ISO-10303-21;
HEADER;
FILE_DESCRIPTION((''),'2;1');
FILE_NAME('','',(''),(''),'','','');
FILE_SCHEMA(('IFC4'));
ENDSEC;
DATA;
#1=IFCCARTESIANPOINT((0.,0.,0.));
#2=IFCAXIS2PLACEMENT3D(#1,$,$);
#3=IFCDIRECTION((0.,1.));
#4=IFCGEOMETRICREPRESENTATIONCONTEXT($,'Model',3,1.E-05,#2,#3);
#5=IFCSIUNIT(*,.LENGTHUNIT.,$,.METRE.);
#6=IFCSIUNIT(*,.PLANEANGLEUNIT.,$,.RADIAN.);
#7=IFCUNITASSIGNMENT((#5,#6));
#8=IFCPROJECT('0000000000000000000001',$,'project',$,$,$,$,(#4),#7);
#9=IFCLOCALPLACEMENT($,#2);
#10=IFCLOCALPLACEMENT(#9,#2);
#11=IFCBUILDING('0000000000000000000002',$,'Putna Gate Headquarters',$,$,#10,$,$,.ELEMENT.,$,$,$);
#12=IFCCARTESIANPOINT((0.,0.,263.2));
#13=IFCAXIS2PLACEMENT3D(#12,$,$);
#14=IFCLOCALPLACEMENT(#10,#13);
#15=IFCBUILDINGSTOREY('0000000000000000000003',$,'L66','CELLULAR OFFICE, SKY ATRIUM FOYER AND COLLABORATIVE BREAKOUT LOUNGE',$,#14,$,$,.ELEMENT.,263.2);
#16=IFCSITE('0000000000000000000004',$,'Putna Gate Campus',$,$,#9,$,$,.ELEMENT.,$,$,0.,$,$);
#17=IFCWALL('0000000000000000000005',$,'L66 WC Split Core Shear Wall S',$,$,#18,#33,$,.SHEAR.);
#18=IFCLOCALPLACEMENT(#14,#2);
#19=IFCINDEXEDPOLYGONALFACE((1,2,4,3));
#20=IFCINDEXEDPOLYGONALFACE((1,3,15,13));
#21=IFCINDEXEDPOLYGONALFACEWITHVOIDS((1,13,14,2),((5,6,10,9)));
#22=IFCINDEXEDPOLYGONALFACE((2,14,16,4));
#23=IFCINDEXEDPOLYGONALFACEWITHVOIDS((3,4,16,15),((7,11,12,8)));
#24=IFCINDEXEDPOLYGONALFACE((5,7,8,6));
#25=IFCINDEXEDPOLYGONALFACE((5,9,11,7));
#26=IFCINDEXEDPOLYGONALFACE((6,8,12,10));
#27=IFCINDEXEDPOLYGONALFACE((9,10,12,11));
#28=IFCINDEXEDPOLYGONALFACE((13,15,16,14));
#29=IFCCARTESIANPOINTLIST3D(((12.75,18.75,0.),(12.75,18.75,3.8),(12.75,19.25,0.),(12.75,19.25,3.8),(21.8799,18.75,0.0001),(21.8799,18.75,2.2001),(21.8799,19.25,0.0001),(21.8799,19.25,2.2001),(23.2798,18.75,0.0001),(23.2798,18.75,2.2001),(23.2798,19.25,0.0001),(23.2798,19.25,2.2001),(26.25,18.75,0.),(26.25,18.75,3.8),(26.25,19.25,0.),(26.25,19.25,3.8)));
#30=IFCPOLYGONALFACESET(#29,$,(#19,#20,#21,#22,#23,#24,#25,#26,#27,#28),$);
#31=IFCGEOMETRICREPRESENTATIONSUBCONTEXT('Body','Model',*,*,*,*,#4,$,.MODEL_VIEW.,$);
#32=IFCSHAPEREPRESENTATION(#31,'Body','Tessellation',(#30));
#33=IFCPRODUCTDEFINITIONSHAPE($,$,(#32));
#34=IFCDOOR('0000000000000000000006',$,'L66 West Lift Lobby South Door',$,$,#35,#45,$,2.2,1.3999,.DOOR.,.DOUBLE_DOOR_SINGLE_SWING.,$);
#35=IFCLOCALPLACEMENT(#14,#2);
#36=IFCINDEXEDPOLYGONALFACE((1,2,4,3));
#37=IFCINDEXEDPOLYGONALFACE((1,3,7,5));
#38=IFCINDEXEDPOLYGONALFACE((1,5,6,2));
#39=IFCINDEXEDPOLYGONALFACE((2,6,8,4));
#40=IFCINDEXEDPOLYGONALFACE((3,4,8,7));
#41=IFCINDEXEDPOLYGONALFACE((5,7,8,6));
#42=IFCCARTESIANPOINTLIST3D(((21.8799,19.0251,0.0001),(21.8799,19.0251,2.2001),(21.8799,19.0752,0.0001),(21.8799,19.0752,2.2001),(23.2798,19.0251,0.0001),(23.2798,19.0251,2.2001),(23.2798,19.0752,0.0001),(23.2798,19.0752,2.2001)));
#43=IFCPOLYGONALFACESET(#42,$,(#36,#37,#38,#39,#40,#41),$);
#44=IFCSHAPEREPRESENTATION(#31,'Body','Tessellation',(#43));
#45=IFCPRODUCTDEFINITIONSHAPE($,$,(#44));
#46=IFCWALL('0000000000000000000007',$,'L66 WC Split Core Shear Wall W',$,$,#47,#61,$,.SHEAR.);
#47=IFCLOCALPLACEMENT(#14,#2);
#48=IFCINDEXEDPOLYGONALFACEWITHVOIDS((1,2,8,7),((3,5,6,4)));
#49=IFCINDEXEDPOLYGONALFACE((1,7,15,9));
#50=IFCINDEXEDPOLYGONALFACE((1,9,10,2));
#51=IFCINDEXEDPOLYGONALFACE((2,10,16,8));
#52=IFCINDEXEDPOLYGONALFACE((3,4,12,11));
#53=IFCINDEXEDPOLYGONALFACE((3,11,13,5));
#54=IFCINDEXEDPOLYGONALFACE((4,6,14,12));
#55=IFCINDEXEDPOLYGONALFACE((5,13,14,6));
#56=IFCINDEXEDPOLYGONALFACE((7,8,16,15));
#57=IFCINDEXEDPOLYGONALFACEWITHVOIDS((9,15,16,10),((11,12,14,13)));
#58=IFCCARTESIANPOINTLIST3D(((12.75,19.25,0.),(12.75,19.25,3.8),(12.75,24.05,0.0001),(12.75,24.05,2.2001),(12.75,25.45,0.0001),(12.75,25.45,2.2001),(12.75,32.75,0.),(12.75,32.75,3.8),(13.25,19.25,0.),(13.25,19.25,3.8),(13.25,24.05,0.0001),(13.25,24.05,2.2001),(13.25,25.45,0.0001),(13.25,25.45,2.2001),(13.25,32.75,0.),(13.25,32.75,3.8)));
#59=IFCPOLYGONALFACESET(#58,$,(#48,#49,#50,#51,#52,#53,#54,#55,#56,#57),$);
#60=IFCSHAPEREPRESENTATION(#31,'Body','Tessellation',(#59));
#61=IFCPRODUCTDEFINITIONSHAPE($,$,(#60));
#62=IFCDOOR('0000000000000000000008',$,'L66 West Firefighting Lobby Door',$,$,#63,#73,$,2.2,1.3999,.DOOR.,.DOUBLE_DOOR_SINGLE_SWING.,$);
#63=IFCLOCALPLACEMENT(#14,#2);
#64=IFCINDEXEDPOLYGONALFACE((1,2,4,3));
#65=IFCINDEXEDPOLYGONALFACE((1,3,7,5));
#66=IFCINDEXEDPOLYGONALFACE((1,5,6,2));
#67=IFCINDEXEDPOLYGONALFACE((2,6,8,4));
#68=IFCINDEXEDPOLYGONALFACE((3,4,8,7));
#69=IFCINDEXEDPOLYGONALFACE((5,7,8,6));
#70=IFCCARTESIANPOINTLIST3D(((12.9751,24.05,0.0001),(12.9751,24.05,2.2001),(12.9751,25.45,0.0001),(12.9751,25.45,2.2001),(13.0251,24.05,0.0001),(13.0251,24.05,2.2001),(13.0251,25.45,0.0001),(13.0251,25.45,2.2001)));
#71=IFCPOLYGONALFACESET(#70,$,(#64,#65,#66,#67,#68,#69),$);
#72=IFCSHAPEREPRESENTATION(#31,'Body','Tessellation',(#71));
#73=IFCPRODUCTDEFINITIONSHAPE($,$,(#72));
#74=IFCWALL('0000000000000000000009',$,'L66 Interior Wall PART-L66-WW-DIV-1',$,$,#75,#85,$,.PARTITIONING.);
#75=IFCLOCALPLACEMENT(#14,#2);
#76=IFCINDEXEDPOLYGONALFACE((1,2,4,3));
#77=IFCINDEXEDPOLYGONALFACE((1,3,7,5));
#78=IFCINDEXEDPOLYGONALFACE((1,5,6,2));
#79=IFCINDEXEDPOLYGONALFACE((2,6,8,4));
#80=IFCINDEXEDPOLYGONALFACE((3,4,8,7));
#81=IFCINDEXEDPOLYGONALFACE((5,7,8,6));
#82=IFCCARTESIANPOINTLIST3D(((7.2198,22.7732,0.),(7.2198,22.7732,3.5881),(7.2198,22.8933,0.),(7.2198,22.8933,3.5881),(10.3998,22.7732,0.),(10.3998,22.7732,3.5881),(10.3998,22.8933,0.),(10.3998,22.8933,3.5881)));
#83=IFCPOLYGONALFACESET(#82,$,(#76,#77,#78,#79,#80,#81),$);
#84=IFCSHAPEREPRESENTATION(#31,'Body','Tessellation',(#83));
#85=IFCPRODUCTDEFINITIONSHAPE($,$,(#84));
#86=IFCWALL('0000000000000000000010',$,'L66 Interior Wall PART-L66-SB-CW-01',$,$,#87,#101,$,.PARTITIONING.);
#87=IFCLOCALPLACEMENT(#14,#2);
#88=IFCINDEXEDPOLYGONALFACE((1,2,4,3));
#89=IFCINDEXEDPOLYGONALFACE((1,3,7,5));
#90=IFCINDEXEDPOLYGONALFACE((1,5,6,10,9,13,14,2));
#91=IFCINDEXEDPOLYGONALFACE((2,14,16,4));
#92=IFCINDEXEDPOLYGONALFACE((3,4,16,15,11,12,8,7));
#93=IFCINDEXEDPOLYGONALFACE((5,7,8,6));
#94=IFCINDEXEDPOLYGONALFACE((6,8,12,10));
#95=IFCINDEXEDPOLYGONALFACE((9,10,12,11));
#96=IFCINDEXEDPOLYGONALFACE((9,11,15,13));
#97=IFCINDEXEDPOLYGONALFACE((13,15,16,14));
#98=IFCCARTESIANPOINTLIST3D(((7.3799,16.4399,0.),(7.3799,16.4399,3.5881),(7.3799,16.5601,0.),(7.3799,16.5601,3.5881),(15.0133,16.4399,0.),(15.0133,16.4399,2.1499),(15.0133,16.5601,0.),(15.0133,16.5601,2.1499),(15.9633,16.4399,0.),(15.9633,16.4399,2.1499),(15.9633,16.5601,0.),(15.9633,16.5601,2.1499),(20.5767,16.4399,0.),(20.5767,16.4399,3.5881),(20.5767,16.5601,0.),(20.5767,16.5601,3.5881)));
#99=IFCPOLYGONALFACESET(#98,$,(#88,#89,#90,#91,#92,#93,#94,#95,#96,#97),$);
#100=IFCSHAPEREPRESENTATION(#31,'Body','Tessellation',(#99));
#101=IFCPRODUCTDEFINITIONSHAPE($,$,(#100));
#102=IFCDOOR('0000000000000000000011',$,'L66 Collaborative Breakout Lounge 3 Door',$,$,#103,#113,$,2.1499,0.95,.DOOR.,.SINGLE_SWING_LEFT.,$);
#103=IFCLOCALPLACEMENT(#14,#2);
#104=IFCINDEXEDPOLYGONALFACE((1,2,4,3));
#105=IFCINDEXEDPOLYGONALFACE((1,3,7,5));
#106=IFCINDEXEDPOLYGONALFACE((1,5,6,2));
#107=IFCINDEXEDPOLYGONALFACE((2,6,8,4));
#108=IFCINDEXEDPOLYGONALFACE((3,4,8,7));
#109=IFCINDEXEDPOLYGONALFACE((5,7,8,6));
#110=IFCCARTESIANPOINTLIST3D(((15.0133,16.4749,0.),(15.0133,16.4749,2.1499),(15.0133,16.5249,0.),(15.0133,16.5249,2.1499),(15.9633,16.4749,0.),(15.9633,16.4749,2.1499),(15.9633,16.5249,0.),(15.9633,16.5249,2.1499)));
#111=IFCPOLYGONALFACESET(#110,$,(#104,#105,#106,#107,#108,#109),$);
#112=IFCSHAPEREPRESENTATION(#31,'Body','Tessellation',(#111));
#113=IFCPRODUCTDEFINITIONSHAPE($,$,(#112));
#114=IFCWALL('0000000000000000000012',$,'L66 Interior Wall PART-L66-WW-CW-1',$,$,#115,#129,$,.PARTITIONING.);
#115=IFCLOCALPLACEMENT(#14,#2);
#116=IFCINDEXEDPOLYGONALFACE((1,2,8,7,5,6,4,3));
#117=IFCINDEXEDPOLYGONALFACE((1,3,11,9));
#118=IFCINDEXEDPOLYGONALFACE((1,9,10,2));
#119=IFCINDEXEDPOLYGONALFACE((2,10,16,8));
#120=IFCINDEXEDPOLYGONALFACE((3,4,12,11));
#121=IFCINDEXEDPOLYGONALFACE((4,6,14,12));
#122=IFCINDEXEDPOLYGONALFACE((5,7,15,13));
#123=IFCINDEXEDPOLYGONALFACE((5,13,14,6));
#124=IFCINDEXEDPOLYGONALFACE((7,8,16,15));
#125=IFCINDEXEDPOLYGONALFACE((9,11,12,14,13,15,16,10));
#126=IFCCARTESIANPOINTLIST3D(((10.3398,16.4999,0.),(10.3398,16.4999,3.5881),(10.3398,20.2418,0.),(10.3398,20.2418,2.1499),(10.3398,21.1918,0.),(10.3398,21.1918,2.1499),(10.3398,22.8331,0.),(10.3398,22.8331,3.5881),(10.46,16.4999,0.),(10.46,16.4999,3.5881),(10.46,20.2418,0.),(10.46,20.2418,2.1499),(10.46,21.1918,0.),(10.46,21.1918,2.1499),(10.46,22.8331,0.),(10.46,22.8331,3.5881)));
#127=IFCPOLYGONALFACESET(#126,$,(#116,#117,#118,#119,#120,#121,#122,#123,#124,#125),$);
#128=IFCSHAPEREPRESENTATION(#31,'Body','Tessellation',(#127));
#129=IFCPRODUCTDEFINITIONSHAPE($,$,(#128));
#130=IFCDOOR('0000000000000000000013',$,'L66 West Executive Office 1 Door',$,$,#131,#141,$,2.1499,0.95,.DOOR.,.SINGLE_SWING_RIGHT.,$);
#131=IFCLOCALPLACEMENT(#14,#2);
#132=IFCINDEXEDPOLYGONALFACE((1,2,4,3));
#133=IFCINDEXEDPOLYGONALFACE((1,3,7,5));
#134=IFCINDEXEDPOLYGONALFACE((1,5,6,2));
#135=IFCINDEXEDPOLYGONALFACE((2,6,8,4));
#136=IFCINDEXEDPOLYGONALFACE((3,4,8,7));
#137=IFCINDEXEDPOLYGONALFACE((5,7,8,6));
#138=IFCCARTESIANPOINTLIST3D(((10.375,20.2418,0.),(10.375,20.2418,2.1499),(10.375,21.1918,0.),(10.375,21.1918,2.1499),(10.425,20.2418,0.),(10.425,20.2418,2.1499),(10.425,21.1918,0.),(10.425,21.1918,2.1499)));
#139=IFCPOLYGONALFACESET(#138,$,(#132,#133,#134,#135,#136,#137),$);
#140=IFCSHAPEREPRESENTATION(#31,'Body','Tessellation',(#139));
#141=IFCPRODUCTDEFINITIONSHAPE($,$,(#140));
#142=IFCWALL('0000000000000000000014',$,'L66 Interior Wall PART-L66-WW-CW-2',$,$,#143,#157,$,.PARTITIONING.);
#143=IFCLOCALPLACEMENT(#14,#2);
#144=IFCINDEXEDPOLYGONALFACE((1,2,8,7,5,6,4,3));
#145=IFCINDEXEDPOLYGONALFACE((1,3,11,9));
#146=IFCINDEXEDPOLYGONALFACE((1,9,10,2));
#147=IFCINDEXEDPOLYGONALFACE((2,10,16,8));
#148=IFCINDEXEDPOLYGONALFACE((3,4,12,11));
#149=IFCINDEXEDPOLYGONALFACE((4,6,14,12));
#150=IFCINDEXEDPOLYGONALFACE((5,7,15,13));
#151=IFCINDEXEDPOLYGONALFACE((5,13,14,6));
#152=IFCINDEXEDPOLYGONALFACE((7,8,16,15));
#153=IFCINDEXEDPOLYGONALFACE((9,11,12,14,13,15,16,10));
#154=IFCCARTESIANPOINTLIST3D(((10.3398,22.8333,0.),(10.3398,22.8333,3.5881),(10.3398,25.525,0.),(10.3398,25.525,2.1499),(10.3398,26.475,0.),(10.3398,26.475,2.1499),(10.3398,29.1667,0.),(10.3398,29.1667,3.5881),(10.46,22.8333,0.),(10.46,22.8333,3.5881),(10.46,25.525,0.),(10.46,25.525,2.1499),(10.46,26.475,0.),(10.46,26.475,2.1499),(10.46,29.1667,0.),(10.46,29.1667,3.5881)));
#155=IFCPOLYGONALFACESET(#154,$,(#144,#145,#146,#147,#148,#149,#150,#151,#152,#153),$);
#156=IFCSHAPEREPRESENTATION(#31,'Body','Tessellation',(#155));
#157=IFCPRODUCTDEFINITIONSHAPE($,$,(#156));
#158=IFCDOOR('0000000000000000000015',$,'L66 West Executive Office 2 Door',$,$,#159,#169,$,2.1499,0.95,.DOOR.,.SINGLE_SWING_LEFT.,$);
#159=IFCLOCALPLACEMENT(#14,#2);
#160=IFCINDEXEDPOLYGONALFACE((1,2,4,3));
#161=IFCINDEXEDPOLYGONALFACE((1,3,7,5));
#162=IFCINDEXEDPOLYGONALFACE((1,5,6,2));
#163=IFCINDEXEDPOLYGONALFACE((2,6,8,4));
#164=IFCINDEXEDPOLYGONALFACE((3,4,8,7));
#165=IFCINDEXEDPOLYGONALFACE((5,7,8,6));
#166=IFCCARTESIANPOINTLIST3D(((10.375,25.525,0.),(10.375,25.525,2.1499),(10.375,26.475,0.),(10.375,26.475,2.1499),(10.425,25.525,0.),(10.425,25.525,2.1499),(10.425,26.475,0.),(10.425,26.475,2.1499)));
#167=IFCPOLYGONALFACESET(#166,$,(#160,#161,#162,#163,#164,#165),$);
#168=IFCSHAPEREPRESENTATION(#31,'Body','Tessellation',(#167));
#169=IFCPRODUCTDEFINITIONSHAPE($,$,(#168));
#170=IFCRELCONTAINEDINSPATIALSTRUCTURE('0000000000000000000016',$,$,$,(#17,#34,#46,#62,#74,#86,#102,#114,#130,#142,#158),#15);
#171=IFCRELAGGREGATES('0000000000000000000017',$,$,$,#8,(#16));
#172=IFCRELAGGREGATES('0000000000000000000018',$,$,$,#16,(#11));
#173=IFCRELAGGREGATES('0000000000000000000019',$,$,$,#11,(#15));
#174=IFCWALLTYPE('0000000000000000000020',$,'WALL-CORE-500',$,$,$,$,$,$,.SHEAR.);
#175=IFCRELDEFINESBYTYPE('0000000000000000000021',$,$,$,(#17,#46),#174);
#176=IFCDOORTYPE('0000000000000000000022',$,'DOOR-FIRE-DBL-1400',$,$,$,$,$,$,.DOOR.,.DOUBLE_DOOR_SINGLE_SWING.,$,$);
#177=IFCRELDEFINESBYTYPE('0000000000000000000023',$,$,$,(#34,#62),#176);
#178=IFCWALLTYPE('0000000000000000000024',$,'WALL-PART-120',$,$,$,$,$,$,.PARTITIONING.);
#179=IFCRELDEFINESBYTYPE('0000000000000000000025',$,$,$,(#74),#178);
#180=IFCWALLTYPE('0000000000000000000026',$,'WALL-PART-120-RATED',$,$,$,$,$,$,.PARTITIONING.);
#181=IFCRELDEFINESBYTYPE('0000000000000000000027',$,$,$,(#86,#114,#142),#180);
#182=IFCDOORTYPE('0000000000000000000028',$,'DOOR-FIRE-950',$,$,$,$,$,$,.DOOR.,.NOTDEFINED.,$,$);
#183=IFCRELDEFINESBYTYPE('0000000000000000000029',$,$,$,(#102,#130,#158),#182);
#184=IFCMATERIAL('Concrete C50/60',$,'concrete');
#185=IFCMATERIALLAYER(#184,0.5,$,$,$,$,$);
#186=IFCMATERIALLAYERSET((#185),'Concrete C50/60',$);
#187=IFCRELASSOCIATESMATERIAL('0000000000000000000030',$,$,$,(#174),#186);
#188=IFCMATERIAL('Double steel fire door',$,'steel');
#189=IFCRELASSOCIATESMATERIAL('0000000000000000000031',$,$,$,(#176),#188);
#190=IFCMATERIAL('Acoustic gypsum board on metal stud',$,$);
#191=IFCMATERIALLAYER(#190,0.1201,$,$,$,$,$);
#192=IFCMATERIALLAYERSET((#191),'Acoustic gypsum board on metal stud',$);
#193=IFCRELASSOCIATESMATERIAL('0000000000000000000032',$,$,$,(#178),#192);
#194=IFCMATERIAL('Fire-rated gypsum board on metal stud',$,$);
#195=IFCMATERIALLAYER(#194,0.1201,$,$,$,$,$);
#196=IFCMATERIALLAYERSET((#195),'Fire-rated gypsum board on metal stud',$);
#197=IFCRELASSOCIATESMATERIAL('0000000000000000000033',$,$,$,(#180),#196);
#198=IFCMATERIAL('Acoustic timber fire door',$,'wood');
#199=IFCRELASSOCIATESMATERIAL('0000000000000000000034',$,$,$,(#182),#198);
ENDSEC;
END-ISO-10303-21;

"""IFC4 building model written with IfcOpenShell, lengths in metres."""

from ifc_helpers import new_model, si_unit, direction, frame, frame_2d, origin, place, context, subcontext, project, spatial, rectangle, extrude, material, layer, layer_set, type_object, element, fill, save


model = new_model("IFC4")

# Units and contexts
model_context = context("Model", 3, precision=1e-05, world=origin(), true_north=direction((0.0, 1.0)))
body_context = subcontext(model_context, "Body", "Model", "MODEL_VIEW")
ifc_project = project(units=[si_unit("LENGTHUNIT", "METRE"), si_unit("PLANEANGLEUNIT", "RADIAN")], contexts=[model_context])

# Site, building, storey
site_placement = place(None, origin())
site = spatial("IfcSite", under=ifc_project, at=site_placement, Name="Putna Gate Campus", CompositionType="ELEMENT", RefElevation=0.0)
building_placement = place(site_placement, origin())
building = spatial("IfcBuilding", under=site, at=building_placement, Name="Putna Gate Headquarters", CompositionType="ELEMENT")
storey_placement = place(building_placement, frame((0.0, 0.0, 263.2)))
storey = spatial("IfcBuildingStorey", under=building, at=storey_placement, Name="L66", Description="CELLULAR OFFICE, SKY ATRIUM FOYER AND COLLABORATIVE BREAKOUT LOUNGE", CompositionType="ELEMENT", Elevation=263.2)

# Walls, openings, doors
ifc_material_1 = material(Name="Concrete C50/60", Category="concrete")
ifc_layer_1 = layer(ifc_material_1, 0.5)
ifc_layer_set_1 = layer_set([ifc_layer_1], Name="Concrete C50/60")
wall_type_1 = type_object("IfcWallType", Name="WALL-CORE-500", PredefinedType="SHEAR", material=ifc_layer_set_1)
wall_1_placement = place(storey_placement, frame((12.75, 19.0, 0.0), z_axis=(0.0, 0.0, 1.0), x_axis=(1.0, 0.0, 0.0)))
wall_1 = element("IfcWall", 1, at=wall_1_placement, inside=storey, type_object=wall_type_1, Name="L66 WC Split Core Shear Wall S", PredefinedType="SHEAR", context=body_context, shape_type="SweptSolid", body=[
    extrude(rectangle(XDim=13.5, YDim=0.5, at=frame_2d((6.75, 0.0))), origin(), (0.0, 0.0, 1.0), 3.8),
])
opening_1_placement = place(wall_1_placement, frame((9.1299, 0.0, 0.0)))
opening_1 = element("IfcOpeningElement", 2, at=opening_1_placement, cuts=wall_1, PredefinedType="OPENING", context=body_context, shape_type="SweptSolid", body=[
    extrude(rectangle(XDim=1.3999, YDim=2.2, at=frame_2d((0.7, 1.1001))), frame((0.0, 0.26, 0.0), z_axis=(0.0, -1.0, 0.0), x_axis=(1.0, 0.0, 0.0)), (0.0, 0.0, 1.0), 0.52),
])
ifc_material_2 = material(Name="Double steel fire door", Category="steel")
door_type_1 = type_object("IfcDoorType", Name="DOOR-FIRE-DBL-1400", OperationType="DOUBLE_DOOR_SINGLE_SWING", PredefinedType="DOOR", material=ifc_material_2)
door_1_placement = place(opening_1_placement, origin())
door_1 = element("IfcDoor", 3, at=door_1_placement, inside=storey, type_object=door_type_1, Name="L66 West Lift Lobby South Door", OperationType="DOUBLE_DOOR_SINGLE_SWING", OverallHeight=2.2, OverallWidth=1.3999, PredefinedType="DOOR", context=body_context, shape_type="SweptSolid", body=[
    extrude(rectangle(XDim=1.3999, YDim=2.2, at=frame_2d((0.7, 1.1001))), frame((0.0, 0.0752, 0.0), z_axis=(0.0, -1.0, 0.0), x_axis=(1.0, 0.0, 0.0)), (0.0, 0.0, 1.0), 0.05),
])
fill(opening_1, door_1)
wall_2_placement = place(storey_placement, frame((13.0, 19.25, 0.0), z_axis=(0.0, 0.0, 1.0), x_axis=(0.0, 1.0, 0.0)))
wall_2 = element("IfcWall", 4, at=wall_2_placement, inside=storey, type_object=wall_type_1, Name="L66 WC Split Core Shear Wall W", PredefinedType="SHEAR", context=body_context, shape_type="SweptSolid", body=[
    extrude(rectangle(XDim=13.5, YDim=0.5, at=frame_2d((6.75, 0.0))), origin(), (0.0, 0.0, 1.0), 3.8),
])
opening_2_placement = place(wall_2_placement, frame((4.8, 0.0, 0.0)))
opening_2 = element("IfcOpeningElement", 5, at=opening_2_placement, cuts=wall_2, PredefinedType="OPENING", context=body_context, shape_type="SweptSolid", body=[
    extrude(rectangle(XDim=1.3999, YDim=2.2, at=frame_2d((0.7, 1.1001))), frame((0.0, 0.26, 0.0), z_axis=(0.0, -1.0, 0.0), x_axis=(1.0, 0.0, 0.0)), (0.0, 0.0, 1.0), 0.52),
])
door_2_placement = place(opening_2_placement, origin())
door_2 = element("IfcDoor", 6, at=door_2_placement, inside=storey, type_object=door_type_1, Name="L66 West Firefighting Lobby Door", OperationType="DOUBLE_DOOR_SINGLE_SWING", OverallHeight=2.2, OverallWidth=1.3999, PredefinedType="DOOR", context=body_context, shape_type="SweptSolid", body=[
    extrude(rectangle(XDim=1.3999, YDim=2.2, at=frame_2d((0.7, 1.1001))), frame((0.0, 0.0249, 0.0), z_axis=(0.0, -1.0, 0.0), x_axis=(1.0, 0.0, 0.0)), (0.0, 0.0, 1.0), 0.05),
])
fill(opening_2, door_2)

# Wall
ifc_material_3 = material(Name="Acoustic gypsum board on metal stud")
ifc_layer_2 = layer(ifc_material_3, 0.1201)
ifc_layer_set_2 = layer_set([ifc_layer_2], Name="Acoustic gypsum board on metal stud")
wall_type_2 = type_object("IfcWallType", Name="WALL-PART-120", PredefinedType="PARTITIONING", material=ifc_layer_set_2)
wall_3_placement = place(storey_placement, frame((7.22, 22.8333, 0.0), z_axis=(0.0, 0.0, 1.0), x_axis=(1.0, 0.0, 0.0)))
element("IfcWall", 7, at=wall_3_placement, inside=storey, type_object=wall_type_2, Name="L66 Interior Wall PART-L66-WW-DIV-1", PredefinedType="PARTITIONING", context=body_context, shape_type="SweptSolid", body=[
    extrude(rectangle(XDim=3.1799, YDim=0.1201, at=frame_2d((1.5898, 0.0))), origin(), (0.0, 0.0, 1.0), 3.5881),
])

# Walls, openings, doors
ifc_material_4 = material(Name="Fire-rated gypsum board on metal stud")
ifc_layer_3 = layer(ifc_material_4, 0.1201)
ifc_layer_set_3 = layer_set([ifc_layer_3], Name="Fire-rated gypsum board on metal stud")
wall_type_3 = type_object("IfcWallType", Name="WALL-PART-120-RATED", PredefinedType="PARTITIONING", material=ifc_layer_set_3)
wall_4_placement = place(storey_placement, frame((7.3799, 16.5, 0.0), z_axis=(0.0, 0.0, 1.0), x_axis=(1.0, 0.0, 0.0)))
wall_4 = element("IfcWall", 8, at=wall_4_placement, inside=storey, type_object=wall_type_3, Name="L66 Interior Wall PART-L66-SB-CW-01", PredefinedType="PARTITIONING", context=body_context, shape_type="SweptSolid", body=[
    extrude(rectangle(XDim=13.1968, YDim=0.1201, at=frame_2d((6.5984, 0.0))), origin(), (0.0, 0.0, 1.0), 3.5881),
])
opening_3_placement = place(wall_4_placement, frame((7.6333, 0.0, 0.0)))
opening_3 = element("IfcOpeningElement", 9, at=opening_3_placement, cuts=wall_4, PredefinedType="OPENING", context=body_context, shape_type="SweptSolid", body=[
    extrude(rectangle(XDim=0.95, YDim=2.1499, at=frame_2d((0.4751, 1.075))), frame((0.0, 0.0701, 0.0), z_axis=(0.0, -1.0, 0.0), x_axis=(1.0, 0.0, 0.0)), (0.0, 0.0, 1.0), 0.1401),
])
ifc_material_5 = material(Name="Acoustic timber fire door", Category="wood")
door_type_2 = type_object("IfcDoorType", Name="DOOR-FIRE-950", OperationType="NOTDEFINED", PredefinedType="DOOR", material=ifc_material_5)
door_3_placement = place(opening_3_placement, origin())
door_3 = element("IfcDoor", 10, at=door_3_placement, inside=storey, type_object=door_type_2, Name="L66 Collaborative Breakout Lounge 3 Door", OperationType="SINGLE_SWING_LEFT", OverallHeight=2.1499, OverallWidth=0.95, PredefinedType="DOOR", context=body_context, shape_type="SweptSolid", body=[
    extrude(rectangle(XDim=0.95, YDim=2.1499, at=frame_2d((0.4751, 1.075))), frame((0.0, 0.0249, 0.0), z_axis=(0.0, -1.0, 0.0), x_axis=(1.0, 0.0, 0.0)), (0.0, 0.0, 1.0), 0.05),
])
fill(opening_3, door_3)
wall_5_placement = place(storey_placement, frame((10.3999, 16.5, 0.0), z_axis=(0.0, 0.0, 1.0), x_axis=(0.0, 1.0, 0.0)))
wall_5 = element("IfcWall", 11, at=wall_5_placement, inside=storey, type_object=wall_type_3, Name="L66 Interior Wall PART-L66-WW-CW-1", PredefinedType="PARTITIONING", context=body_context, shape_type="SweptSolid", body=[
    extrude(rectangle(XDim=6.3333, YDim=0.1201, at=frame_2d((3.1665, 0.0))), origin(), (0.0, 0.0, 1.0), 3.5881),
])
opening_4_placement = place(wall_5_placement, frame((3.7417, 0.0, 0.0)))
opening_4 = element("IfcOpeningElement", 12, at=opening_4_placement, cuts=wall_5, PredefinedType="OPENING", context=body_context, shape_type="SweptSolid", body=[
    extrude(rectangle(XDim=0.95, YDim=2.1499, at=frame_2d((0.4751, 1.075))), frame((0.0, 0.0701, 0.0), z_axis=(0.0, -1.0, 0.0), x_axis=(1.0, 0.0, 0.0)), (0.0, 0.0, 1.0), 0.1401),
])
door_4_placement = place(opening_4_placement, origin())
door_4 = element("IfcDoor", 13, at=door_4_placement, inside=storey, type_object=door_type_2, Name="L66 West Executive Office 1 Door", OperationType="SINGLE_SWING_RIGHT", OverallHeight=2.1499, OverallWidth=0.95, PredefinedType="DOOR", context=body_context, shape_type="SweptSolid", body=[
    extrude(rectangle(XDim=0.95, YDim=2.1499, at=frame_2d((0.4751, 1.075))), frame((0.0, 0.0249, 0.0), z_axis=(0.0, -1.0, 0.0), x_axis=(1.0, 0.0, 0.0)), (0.0, 0.0, 1.0), 0.05),
])
fill(opening_4, door_4)
wall_6_placement = place(storey_placement, frame((10.3999, 22.8333, 0.0), z_axis=(0.0, 0.0, 1.0), x_axis=(0.0, 1.0, 0.0)))
wall_6 = element("IfcWall", 14, at=wall_6_placement, inside=storey, type_object=wall_type_3, Name="L66 Interior Wall PART-L66-WW-CW-2", PredefinedType="PARTITIONING", context=body_context, shape_type="SweptSolid", body=[
    extrude(rectangle(XDim=6.3335, YDim=0.1201, at=frame_2d((3.1667, 0.0))), origin(), (0.0, 0.0, 1.0), 3.5881),
])
opening_5_placement = place(wall_6_placement, frame((2.6917, 0.0, 0.0)))
opening_5 = element("IfcOpeningElement", 15, at=opening_5_placement, cuts=wall_6, PredefinedType="OPENING", context=body_context, shape_type="SweptSolid", body=[
    extrude(rectangle(XDim=0.95, YDim=2.1499, at=frame_2d((0.4751, 1.075))), frame((0.0, 0.0701, 0.0), z_axis=(0.0, -1.0, 0.0), x_axis=(1.0, 0.0, 0.0)), (0.0, 0.0, 1.0), 0.1401),
])
door_5_placement = place(opening_5_placement, origin())
door_5 = element("IfcDoor", 16, at=door_5_placement, inside=storey, type_object=door_type_2, Name="L66 West Executive Office 2 Door", OperationType="SINGLE_SWING_LEFT", OverallHeight=2.1499, OverallWidth=0.95, PredefinedType="DOOR", context=body_context, shape_type="SweptSolid", body=[
    extrude(rectangle(XDim=0.95, YDim=2.1499, at=frame_2d((0.4751, 1.075))), frame((0.0, 0.0249, 0.0), z_axis=(0.0, -1.0, 0.0), x_axis=(1.0, 0.0, 0.0)), (0.0, 0.0, 1.0), 0.05),
])
fill(opening_5, door_5)

save(model, "model.ifc")
